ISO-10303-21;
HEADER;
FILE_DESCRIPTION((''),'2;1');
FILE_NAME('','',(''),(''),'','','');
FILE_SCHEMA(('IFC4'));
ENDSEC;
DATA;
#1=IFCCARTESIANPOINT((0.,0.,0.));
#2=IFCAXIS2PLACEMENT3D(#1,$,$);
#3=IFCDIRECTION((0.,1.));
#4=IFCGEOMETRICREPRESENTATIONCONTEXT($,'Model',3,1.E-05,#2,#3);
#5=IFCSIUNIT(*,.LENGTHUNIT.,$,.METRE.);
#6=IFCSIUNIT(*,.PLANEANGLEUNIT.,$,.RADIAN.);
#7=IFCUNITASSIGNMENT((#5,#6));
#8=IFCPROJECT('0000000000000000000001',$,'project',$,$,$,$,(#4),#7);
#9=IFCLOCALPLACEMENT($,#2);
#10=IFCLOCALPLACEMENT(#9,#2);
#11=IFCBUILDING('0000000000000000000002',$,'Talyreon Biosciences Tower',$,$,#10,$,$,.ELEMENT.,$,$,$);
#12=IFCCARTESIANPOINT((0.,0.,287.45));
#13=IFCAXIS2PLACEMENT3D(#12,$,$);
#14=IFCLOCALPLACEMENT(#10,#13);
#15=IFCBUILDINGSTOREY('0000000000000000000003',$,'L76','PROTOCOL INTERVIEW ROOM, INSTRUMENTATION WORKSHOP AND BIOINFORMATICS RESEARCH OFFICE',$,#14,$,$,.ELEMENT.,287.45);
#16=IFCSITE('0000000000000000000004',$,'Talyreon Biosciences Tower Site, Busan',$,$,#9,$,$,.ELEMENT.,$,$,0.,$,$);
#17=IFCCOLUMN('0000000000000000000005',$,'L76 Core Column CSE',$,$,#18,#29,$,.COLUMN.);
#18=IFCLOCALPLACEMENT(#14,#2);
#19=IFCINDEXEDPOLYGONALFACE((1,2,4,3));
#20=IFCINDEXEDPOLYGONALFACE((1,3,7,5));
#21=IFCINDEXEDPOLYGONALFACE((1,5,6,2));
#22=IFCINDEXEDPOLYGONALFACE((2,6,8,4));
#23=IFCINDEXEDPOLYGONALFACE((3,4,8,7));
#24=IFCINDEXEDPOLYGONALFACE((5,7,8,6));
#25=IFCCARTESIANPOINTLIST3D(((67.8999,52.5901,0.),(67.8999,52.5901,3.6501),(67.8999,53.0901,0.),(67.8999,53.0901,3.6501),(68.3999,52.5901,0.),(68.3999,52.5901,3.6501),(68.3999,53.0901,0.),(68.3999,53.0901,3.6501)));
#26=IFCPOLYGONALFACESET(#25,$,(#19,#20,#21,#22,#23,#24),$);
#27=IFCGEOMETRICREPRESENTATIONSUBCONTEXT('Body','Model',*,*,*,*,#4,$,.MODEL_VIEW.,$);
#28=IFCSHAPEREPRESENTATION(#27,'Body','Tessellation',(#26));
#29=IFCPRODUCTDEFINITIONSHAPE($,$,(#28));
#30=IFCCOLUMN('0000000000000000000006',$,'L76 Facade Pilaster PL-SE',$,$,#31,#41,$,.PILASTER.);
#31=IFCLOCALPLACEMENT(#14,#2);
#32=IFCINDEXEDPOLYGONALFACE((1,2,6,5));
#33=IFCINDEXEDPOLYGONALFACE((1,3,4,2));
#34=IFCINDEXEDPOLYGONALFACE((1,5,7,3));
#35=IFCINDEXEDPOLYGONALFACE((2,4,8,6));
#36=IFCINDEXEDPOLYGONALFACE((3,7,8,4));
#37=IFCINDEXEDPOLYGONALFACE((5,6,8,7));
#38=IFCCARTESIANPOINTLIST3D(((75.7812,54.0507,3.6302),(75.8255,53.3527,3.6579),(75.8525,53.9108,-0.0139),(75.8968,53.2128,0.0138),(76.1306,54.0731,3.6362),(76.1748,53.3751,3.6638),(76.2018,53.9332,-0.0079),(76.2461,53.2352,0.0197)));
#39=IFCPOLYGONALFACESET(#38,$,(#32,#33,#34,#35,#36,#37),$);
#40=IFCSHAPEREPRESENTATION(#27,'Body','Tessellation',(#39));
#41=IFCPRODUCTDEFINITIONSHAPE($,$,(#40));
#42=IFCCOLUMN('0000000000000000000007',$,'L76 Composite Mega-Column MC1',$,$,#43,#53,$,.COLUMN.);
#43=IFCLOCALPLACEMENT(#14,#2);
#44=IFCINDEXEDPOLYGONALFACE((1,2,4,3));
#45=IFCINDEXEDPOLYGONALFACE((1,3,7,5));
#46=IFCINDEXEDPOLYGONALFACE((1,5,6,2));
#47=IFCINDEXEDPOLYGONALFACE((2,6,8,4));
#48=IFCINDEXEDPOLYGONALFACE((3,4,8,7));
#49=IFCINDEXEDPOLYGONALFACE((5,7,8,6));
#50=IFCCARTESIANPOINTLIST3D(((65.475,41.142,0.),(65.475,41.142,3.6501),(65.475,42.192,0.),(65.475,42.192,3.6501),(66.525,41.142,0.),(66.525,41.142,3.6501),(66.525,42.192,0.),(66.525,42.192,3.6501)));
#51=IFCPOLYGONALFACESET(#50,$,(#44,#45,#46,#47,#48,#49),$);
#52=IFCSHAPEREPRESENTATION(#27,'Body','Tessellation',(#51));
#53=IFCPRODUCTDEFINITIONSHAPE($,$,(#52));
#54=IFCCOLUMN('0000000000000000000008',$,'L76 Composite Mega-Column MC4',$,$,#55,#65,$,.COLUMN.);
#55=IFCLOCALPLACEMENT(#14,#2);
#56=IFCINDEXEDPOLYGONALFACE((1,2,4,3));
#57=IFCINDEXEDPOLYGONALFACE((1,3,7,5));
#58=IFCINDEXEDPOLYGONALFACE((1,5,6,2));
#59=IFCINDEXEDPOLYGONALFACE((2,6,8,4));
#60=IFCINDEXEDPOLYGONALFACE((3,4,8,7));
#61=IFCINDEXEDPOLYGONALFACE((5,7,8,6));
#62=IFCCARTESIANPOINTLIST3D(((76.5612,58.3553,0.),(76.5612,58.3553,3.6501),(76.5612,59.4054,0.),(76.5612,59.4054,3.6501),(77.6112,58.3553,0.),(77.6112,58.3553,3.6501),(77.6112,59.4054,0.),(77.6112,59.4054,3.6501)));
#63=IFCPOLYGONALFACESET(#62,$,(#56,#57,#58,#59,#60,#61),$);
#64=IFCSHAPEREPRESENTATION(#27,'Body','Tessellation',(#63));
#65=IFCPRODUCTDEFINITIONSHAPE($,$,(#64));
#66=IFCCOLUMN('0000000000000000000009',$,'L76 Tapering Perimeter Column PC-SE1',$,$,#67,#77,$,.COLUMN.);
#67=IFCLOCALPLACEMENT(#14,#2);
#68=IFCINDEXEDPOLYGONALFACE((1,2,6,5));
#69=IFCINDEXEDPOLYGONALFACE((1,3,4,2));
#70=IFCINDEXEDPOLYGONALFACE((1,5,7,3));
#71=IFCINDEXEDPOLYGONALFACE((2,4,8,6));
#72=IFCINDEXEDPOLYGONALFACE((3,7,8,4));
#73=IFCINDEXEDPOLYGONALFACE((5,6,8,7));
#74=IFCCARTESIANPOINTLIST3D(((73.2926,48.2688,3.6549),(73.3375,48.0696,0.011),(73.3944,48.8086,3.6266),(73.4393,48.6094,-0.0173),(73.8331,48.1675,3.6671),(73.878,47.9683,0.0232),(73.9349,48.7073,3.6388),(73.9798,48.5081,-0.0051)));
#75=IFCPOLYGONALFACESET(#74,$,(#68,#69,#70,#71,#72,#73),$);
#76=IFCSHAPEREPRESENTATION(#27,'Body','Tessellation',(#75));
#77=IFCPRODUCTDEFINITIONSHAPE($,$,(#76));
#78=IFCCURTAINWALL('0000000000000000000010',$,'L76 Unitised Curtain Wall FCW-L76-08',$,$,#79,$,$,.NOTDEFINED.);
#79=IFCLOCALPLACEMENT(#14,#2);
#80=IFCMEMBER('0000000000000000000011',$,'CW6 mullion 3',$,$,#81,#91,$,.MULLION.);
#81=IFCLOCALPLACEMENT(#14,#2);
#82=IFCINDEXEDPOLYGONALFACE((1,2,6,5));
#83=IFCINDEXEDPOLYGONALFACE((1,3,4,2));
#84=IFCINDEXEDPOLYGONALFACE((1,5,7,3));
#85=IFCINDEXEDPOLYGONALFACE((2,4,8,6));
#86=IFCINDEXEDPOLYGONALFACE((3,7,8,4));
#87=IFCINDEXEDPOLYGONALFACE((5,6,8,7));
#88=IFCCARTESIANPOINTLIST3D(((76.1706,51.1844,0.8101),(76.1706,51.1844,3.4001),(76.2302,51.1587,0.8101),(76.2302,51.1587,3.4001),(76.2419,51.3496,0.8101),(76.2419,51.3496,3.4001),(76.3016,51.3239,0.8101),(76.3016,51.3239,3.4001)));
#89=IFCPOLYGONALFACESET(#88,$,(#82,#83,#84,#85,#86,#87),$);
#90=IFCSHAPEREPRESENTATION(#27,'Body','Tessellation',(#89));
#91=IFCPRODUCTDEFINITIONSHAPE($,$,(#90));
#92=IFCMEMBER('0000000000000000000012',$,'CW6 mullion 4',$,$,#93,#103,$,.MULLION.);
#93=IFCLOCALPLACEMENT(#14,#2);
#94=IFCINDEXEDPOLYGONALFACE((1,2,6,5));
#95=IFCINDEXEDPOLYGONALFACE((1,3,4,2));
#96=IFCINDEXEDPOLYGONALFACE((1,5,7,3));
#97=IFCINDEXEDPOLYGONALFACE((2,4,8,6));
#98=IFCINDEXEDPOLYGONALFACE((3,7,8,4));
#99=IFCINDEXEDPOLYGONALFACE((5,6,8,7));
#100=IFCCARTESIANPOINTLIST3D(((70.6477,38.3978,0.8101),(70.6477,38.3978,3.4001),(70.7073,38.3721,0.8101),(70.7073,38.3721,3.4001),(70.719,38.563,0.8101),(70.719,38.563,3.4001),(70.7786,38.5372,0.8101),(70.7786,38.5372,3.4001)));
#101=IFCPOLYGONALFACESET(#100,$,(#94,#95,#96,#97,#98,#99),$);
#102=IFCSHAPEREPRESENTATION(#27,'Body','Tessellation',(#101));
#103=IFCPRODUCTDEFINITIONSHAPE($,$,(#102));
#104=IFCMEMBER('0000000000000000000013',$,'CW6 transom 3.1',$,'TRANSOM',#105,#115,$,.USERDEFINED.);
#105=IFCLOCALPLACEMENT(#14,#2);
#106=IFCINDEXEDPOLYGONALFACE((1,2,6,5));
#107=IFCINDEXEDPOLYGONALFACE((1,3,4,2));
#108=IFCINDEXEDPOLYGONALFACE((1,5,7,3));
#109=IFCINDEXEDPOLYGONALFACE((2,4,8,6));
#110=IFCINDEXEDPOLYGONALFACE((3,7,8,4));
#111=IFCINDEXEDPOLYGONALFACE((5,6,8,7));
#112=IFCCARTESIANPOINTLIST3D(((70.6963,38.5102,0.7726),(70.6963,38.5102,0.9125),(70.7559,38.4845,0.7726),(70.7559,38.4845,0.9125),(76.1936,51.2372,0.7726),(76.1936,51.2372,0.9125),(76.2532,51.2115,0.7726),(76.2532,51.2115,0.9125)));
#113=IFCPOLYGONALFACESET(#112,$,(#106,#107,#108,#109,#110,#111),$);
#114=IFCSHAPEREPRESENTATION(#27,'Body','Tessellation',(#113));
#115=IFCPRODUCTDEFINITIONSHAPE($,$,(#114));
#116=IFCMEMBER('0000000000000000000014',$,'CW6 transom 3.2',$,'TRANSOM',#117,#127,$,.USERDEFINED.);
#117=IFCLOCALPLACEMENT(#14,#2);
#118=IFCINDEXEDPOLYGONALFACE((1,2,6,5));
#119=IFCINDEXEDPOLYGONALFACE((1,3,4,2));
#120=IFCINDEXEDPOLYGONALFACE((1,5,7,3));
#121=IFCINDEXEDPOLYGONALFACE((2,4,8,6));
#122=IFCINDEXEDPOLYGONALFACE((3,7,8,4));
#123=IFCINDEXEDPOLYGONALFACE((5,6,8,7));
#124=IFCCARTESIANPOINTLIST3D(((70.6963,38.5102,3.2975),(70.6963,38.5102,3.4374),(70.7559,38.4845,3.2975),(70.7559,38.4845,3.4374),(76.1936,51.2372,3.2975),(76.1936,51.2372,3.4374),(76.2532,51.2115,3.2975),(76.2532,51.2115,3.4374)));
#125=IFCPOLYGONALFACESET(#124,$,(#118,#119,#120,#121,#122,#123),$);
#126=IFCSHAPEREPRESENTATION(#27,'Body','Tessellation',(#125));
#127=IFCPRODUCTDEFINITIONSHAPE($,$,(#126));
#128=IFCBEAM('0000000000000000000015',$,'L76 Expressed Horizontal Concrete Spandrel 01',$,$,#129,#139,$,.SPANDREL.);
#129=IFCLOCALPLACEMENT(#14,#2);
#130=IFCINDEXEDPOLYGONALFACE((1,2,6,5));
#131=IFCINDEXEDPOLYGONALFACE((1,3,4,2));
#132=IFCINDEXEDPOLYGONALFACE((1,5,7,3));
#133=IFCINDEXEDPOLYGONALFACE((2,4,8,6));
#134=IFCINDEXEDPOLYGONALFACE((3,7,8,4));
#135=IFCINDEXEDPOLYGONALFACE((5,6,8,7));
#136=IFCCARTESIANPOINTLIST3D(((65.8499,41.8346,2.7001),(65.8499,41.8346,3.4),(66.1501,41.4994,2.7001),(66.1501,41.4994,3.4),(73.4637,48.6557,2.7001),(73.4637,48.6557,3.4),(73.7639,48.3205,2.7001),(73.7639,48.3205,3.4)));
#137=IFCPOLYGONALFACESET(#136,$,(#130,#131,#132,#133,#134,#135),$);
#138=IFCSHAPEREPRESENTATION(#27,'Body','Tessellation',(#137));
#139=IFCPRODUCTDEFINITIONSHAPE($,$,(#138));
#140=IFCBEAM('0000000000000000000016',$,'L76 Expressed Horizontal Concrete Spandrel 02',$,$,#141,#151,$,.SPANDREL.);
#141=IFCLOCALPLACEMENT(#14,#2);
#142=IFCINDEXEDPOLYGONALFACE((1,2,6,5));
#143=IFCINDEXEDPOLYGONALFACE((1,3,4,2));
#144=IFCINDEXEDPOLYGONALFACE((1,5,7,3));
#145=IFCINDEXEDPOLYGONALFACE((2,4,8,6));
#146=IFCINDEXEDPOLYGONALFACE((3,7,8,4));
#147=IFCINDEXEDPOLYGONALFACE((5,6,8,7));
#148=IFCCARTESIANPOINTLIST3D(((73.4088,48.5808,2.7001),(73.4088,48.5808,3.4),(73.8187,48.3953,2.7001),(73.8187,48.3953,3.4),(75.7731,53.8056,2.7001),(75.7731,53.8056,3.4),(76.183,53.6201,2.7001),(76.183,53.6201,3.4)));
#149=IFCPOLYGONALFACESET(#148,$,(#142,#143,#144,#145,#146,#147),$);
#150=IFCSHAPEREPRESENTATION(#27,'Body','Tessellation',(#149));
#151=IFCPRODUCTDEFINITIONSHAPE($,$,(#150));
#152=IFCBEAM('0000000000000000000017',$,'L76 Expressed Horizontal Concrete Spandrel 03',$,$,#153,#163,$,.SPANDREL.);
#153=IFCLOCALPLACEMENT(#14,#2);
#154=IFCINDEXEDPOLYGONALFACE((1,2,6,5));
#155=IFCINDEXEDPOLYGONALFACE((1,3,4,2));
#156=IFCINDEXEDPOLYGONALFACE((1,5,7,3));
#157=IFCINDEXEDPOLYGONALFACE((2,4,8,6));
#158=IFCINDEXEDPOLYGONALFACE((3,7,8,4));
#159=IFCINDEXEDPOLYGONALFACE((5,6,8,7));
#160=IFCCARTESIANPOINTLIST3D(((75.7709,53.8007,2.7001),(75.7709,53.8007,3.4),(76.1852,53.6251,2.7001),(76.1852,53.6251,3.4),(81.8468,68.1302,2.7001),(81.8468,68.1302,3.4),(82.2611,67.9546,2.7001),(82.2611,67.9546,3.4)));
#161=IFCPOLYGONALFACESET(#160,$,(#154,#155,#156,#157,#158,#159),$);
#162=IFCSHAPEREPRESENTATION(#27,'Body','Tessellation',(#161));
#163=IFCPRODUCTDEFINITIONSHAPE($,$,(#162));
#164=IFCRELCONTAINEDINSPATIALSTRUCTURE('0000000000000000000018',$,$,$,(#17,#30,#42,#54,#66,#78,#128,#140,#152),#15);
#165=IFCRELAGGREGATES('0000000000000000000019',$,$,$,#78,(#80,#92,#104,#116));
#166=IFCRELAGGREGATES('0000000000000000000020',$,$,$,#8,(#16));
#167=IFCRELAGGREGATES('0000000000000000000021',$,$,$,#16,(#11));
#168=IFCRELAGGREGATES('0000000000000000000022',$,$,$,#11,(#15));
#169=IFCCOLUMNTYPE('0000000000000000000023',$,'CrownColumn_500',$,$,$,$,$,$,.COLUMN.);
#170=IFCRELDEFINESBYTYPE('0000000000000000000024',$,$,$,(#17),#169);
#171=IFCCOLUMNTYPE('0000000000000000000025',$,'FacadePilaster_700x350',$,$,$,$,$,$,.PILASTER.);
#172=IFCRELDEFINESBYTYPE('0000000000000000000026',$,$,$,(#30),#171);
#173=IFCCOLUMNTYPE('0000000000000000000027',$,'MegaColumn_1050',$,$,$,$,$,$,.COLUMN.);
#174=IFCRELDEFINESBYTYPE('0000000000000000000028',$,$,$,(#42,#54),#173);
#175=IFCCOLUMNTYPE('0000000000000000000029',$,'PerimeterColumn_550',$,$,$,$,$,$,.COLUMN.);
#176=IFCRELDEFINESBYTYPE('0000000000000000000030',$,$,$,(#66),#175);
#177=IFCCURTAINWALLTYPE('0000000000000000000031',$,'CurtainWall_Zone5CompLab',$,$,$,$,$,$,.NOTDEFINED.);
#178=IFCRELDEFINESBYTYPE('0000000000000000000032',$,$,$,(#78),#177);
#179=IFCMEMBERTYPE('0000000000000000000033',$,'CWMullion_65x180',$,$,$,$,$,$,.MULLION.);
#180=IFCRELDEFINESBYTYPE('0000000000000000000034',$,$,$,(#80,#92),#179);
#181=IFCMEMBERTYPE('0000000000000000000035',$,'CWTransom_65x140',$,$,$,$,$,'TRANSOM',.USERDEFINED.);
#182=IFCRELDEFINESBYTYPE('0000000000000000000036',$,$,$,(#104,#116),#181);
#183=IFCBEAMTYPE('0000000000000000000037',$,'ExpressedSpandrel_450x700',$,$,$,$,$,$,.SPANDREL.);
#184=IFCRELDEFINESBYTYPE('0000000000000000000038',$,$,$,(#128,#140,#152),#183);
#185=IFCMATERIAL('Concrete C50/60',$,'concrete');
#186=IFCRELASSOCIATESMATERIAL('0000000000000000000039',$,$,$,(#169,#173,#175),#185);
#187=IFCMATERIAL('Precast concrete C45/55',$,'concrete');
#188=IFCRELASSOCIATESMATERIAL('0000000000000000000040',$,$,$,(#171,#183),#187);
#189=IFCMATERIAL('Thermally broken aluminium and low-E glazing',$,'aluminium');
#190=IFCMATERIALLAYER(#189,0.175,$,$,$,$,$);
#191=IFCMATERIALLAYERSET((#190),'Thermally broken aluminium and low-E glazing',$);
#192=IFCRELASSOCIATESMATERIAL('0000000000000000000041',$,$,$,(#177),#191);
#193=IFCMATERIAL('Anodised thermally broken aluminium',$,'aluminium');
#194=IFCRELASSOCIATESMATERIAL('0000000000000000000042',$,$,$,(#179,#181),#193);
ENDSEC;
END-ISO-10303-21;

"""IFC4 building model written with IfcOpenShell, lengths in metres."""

from ifc_helpers import new_model, si_unit, direction, frame, origin, origin_2d, place, context, subcontext, project, spatial, rectangle, extrude, material, layer, layer_set, material_profile, profile_set, type_object, element, aggregate, save


model = new_model("IFC4")

# Units and contexts
model_context = context("Model", 3, precision=1e-05, world=origin(), true_north=direction((0.0, 1.0)))
body_context = subcontext(model_context, "Body", "Model", "MODEL_VIEW")
ifc_project = project(units=[si_unit("LENGTHUNIT", "METRE"), si_unit("PLANEANGLEUNIT", "RADIAN")], contexts=[model_context])

# Site, building, storey
site_placement = place(None, origin())
site = spatial("IfcSite", under=ifc_project, at=site_placement, Name="Talyreon Biosciences Tower Site, Busan", CompositionType="ELEMENT", RefElevation=0.0)
building_placement = place(site_placement, origin())
building = spatial("IfcBuilding", under=site, at=building_placement, Name="Talyreon Biosciences Tower", CompositionType="ELEMENT")
storey_placement = place(building_placement, frame((0.0, 0.0, 287.45)))
storey = spatial("IfcBuildingStorey", under=building, at=storey_placement, Name="L76", Description="PROTOCOL INTERVIEW ROOM, INSTRUMENTATION WORKSHOP AND BIOINFORMATICS RESEARCH OFFICE", CompositionType="ELEMENT", Elevation=287.45)

# Columns
ifc_material_1 = material(Name="Concrete C50/60", Category="concrete")
ifc_material_profile_1 = material_profile(ifc_material_1, rectangle(XDim=0.5, YDim=0.5, at=origin_2d()), Name="RC 500x500")
ifc_profile_set_1 = profile_set([ifc_material_profile_1], Name="Concrete C50/60")
column_type_1 = type_object("IfcColumnType", Name="CrownColumn_500", PredefinedType="COLUMN", material=ifc_profile_set_1)
column_1_placement = place(storey_placement, frame((68.1499, 52.8401, 0.0), z_axis=(0.0, 0.0, 1.0), x_axis=(1.0, 0.0, 0.0)))
element("IfcColumn", 1, at=column_1_placement, inside=storey, type_object=column_type_1, Name="L76 Core Column CSE", PredefinedType="COLUMN", context=body_context, shape_type="SweptSolid", body=[
    extrude(rectangle(XDim=0.5, YDim=0.5, at=origin_2d()), origin(), (0.0, 0.0, 1.0), 3.6501),
])
ifc_material_2 = material(Name="Precast concrete C45/55", Category="concrete")
ifc_material_profile_2 = material_profile(ifc_material_2, rectangle(XDim=0.7, YDim=0.3501, at=origin_2d()), Name="RC 700x350")
ifc_profile_set_2 = profile_set([ifc_material_profile_2], Name="Precast concrete C45/55")
column_type_2 = type_object("IfcColumnType", Name="FacadePilaster_700x350", PredefinedType="PILASTER", material=ifc_profile_set_2)
column_2_placement = place(storey_placement, frame((76.0493, 53.573, 0.0029), z_axis=(-0.019545, 0.038354, 0.999073), x_axis=(0.063263, -0.997214, 0.03952)))
element("IfcColumn", 2, at=column_2_placement, inside=storey, type_object=column_type_2, Name="L76 Facade Pilaster PL-SE", PredefinedType="PILASTER", context=body_context, shape_type="SweptSolid", body=[
    extrude(rectangle(XDim=0.7, YDim=0.3501, at=origin_2d()), origin(), (0.0, 0.0, 1.0), 3.6475),
])
ifc_material_profile_3 = material_profile(ifc_material_1, rectangle(XDim=1.05, YDim=1.05, at=origin_2d()), Name="RC 1050x1050")
ifc_profile_set_3 = profile_set([ifc_material_profile_3], Name="Concrete C50/60")
column_type_3 = type_object("IfcColumnType", Name="MegaColumn_1050", PredefinedType="COLUMN", material=ifc_profile_set_3)
for number, where, z_axis, x_axis, name in (
    (3, (66.0, 41.667, 0.0), (0.0, 0.0, 1.0), (1.0, 0.0, 0.0), "L76 Composite Mega-Column MC1"),
    (4, (77.0862, 58.8804, 0.0), (0.0, 0.0, 1.0), (1.0, 0.0, 0.0), "L76 Composite Mega-Column MC4"),
):
    element("IfcColumn", number, at=place(storey_placement, frame(where, z_axis=z_axis, x_axis=x_axis)), inside=storey, type_object=column_type_3, Name=name, PredefinedType="COLUMN", context=body_context, shape_type="SweptSolid", body=[
        extrude(rectangle(XDim=1.05, YDim=1.05, at=origin_2d()), origin(), (0.0, 0.0, 1.0), 3.6501),
    ])
ifc_material_profile_4 = material_profile(ifc_material_1, rectangle(XDim=0.55, YDim=0.55, at=origin_2d()), Name="RC 550x550")
ifc_profile_set_4 = profile_set([ifc_material_profile_4], Name="Concrete C50/60")
column_type_4 = type_object("IfcColumnType", Name="PerimeterColumn_550", PredefinedType="COLUMN", material=ifc_profile_set_4)
column_3_placement = place(storey_placement, frame((73.6587, 48.2888, 0.0029), z_axis=(-0.012308, 0.054584, 0.998433), x_axis=(-0.185072, -0.981381, 0.05137)))
element("IfcColumn", 5, at=column_3_placement, inside=storey, type_object=column_type_4, Name="L76 Tapering Perimeter Column PC-SE1", PredefinedType="COLUMN", context=body_context, shape_type="SweptSolid", body=[
    extrude(rectangle(XDim=0.55, YDim=0.55, at=origin_2d()), origin(), (0.0, 0.0, 1.0), 3.6497),
])

# Curtain wall, members
ifc_material_3 = material(Name="Thermally broken aluminium and low-E glazing", Category="aluminium")
ifc_layer_1 = layer(ifc_material_3, 0.175)
ifc_layer_set_1 = layer_set([ifc_layer_1], Name="Thermally broken aluminium and low-E glazing")
curtain_wall_type = type_object("IfcCurtainWallType", Name="CurtainWall_Zone5CompLab", PredefinedType="NOTDEFINED", material=ifc_layer_set_1)
curtain_wall_placement = place(storey_placement, origin())
curtain_wall = element("IfcCurtainWall", 6, at=curtain_wall_placement, inside=storey, type_object=curtain_wall_type, Name="L76 Unitised Curtain Wall FCW-L76-08", PredefinedType="NOTDEFINED")
ifc_material_4 = material(Name="Anodised thermally broken aluminium", Category="aluminium")
ifc_material_profile_5 = material_profile(ifc_material_4, rectangle(XDim=0.0649, YDim=0.1799, at=origin_2d()), Name="ALUM MULLION 65x180")
ifc_profile_set_5 = profile_set([ifc_material_profile_5], Name="Anodised thermally broken aluminium")
member_type_1 = type_object("IfcMemberType", Name="CWMullion_65x180", PredefinedType="MULLION", material=ifc_profile_set_5)
member_1_placement = place(storey_placement, frame((76.2361, 51.2542, 0.8101), z_axis=(0.0, 0.0, 1.0), x_axis=(0.918022, -0.396528, 0.0)))
member_1 = element("IfcMember", 7, at=member_1_placement, type_object=member_type_1, Name="CW6 mullion 3", PredefinedType="MULLION", context=body_context, shape_type="SweptSolid", body=[
    extrude(rectangle(XDim=0.0649, YDim=0.1799, at=origin_2d()), origin(), (0.0, 0.0, 1.0), 2.5901),
])
member_2_placement = place(storey_placement, frame((70.7131, 38.4675, 0.8101), z_axis=(0.0, 0.0, 1.0), x_axis=(0.918022, -0.396528, 0.0)))
member_2 = element("IfcMember", 8, at=member_2_placement, type_object=member_type_1, Name="CW6 mullion 4", PredefinedType="MULLION", context=body_context, shape_type="SweptSolid", body=[
    extrude(rectangle(XDim=0.0649, YDim=0.1799, at=origin_2d()), origin(), (0.0, 0.0, 1.0), 2.5901),
])
ifc_material_profile_6 = material_profile(ifc_material_4, rectangle(XDim=0.0649, YDim=0.1399, at=origin_2d()), Name="ALUM TRANSOM 65x140")
ifc_profile_set_6 = profile_set([ifc_material_profile_6], Name="Anodised thermally broken aluminium")
member_type_2 = type_object("IfcMemberType", Name="CWTransom_65x140", ElementType="TRANSOM", PredefinedType="USERDEFINED", material=ifc_profile_set_6)
member_3_placement = place(storey_placement, frame((76.2234, 51.2244, 0.8425), z_axis=(-0.39653, -0.918022, 0.0), x_axis=(0.918022, -0.39653, 0.0)))
member_3 = element("IfcMember", 9, at=member_3_placement, type_object=member_type_2, Name="CW6 transom 3.1", ObjectType="TRANSOM", PredefinedType="USERDEFINED", context=body_context, shape_type="SweptSolid", body=[
    extrude(rectangle(XDim=0.0649, YDim=0.1399, at=origin_2d()), origin(), (0.0, 0.0, 1.0), 13.8635),
])
member_4_placement = place(storey_placement, frame((76.2234, 51.2244, 3.3674), z_axis=(-0.39653, -0.918022, 0.0), x_axis=(0.918022, -0.39653, 0.0)))
member_4 = element("IfcMember", 10, at=member_4_placement, type_object=member_type_2, Name="CW6 transom 3.2", ObjectType="TRANSOM", PredefinedType="USERDEFINED", context=body_context, shape_type="SweptSolid", body=[
    extrude(rectangle(XDim=0.0649, YDim=0.1399, at=origin_2d()), origin(), (0.0, 0.0, 1.0), 13.8635),
])

# Beams
ifc_material_profile_7 = material_profile(ifc_material_2, rectangle(XDim=0.45, YDim=0.7, at=origin_2d()), Name="RCB 450x700")
ifc_profile_set_7 = profile_set([ifc_material_profile_7], Name="Precast concrete C45/55")
beam_type_1 = type_object("IfcBeamType", Name="ExpressedSpandrel_450x700", PredefinedType="SPANDREL", material=ifc_profile_set_7)
beam_1_placement = place(storey_placement, frame((66.0, 41.667, 3.05), z_axis=(0.744817, 0.667269, 0.0), x_axis=(-0.667269, 0.744817, 0.0)))
element("IfcBeam", 11, at=beam_1_placement, inside=storey, type_object=beam_type_1, Name="L76 Expressed Horizontal Concrete Spandrel 01", PredefinedType="SPANDREL", context=body_context, shape_type="SweptSolid", body=[
    extrude(rectangle(XDim=0.45, YDim=0.7, at=origin_2d()), origin(), (0.0, 0.0, 1.0), 10.2224),
])
beam_2_placement = place(storey_placement, frame((73.6138, 48.488, 3.05), z_axis=(0.41226, 0.911066, 0.0), x_axis=(-0.911066, 0.41226, 0.0)))
element("IfcBeam", 12, at=beam_2_placement, inside=storey, type_object=beam_type_1, Name="L76 Expressed Horizontal Concrete Spandrel 02", PredefinedType="SPANDREL", context=body_context, shape_type="SweptSolid", body=[
    extrude(rectangle(XDim=0.45, YDim=0.7, at=origin_2d()), origin(), (0.0, 0.0, 1.0), 5.7349),
])
beam_3_placement = place(storey_placement, frame((75.978, 53.7129, 3.05), z_axis=(0.390371, 0.920658, 0.0), x_axis=(-0.920658, 0.390371, 0.0)))
element("IfcBeam", 13, at=beam_3_placement, inside=storey, type_object=beam_type_1, Name="L76 Expressed Horizontal Concrete Spandrel 03", PredefinedType="SPANDREL", context=body_context, shape_type="SweptSolid", body=[
    extrude(rectangle(XDim=0.45, YDim=0.7, at=origin_2d()), origin(), (0.0, 0.0, 1.0), 15.5645),
])

aggregate(curtain_wall, [member_1, member_2, member_3, member_4])

save(model, "model.ifc")
